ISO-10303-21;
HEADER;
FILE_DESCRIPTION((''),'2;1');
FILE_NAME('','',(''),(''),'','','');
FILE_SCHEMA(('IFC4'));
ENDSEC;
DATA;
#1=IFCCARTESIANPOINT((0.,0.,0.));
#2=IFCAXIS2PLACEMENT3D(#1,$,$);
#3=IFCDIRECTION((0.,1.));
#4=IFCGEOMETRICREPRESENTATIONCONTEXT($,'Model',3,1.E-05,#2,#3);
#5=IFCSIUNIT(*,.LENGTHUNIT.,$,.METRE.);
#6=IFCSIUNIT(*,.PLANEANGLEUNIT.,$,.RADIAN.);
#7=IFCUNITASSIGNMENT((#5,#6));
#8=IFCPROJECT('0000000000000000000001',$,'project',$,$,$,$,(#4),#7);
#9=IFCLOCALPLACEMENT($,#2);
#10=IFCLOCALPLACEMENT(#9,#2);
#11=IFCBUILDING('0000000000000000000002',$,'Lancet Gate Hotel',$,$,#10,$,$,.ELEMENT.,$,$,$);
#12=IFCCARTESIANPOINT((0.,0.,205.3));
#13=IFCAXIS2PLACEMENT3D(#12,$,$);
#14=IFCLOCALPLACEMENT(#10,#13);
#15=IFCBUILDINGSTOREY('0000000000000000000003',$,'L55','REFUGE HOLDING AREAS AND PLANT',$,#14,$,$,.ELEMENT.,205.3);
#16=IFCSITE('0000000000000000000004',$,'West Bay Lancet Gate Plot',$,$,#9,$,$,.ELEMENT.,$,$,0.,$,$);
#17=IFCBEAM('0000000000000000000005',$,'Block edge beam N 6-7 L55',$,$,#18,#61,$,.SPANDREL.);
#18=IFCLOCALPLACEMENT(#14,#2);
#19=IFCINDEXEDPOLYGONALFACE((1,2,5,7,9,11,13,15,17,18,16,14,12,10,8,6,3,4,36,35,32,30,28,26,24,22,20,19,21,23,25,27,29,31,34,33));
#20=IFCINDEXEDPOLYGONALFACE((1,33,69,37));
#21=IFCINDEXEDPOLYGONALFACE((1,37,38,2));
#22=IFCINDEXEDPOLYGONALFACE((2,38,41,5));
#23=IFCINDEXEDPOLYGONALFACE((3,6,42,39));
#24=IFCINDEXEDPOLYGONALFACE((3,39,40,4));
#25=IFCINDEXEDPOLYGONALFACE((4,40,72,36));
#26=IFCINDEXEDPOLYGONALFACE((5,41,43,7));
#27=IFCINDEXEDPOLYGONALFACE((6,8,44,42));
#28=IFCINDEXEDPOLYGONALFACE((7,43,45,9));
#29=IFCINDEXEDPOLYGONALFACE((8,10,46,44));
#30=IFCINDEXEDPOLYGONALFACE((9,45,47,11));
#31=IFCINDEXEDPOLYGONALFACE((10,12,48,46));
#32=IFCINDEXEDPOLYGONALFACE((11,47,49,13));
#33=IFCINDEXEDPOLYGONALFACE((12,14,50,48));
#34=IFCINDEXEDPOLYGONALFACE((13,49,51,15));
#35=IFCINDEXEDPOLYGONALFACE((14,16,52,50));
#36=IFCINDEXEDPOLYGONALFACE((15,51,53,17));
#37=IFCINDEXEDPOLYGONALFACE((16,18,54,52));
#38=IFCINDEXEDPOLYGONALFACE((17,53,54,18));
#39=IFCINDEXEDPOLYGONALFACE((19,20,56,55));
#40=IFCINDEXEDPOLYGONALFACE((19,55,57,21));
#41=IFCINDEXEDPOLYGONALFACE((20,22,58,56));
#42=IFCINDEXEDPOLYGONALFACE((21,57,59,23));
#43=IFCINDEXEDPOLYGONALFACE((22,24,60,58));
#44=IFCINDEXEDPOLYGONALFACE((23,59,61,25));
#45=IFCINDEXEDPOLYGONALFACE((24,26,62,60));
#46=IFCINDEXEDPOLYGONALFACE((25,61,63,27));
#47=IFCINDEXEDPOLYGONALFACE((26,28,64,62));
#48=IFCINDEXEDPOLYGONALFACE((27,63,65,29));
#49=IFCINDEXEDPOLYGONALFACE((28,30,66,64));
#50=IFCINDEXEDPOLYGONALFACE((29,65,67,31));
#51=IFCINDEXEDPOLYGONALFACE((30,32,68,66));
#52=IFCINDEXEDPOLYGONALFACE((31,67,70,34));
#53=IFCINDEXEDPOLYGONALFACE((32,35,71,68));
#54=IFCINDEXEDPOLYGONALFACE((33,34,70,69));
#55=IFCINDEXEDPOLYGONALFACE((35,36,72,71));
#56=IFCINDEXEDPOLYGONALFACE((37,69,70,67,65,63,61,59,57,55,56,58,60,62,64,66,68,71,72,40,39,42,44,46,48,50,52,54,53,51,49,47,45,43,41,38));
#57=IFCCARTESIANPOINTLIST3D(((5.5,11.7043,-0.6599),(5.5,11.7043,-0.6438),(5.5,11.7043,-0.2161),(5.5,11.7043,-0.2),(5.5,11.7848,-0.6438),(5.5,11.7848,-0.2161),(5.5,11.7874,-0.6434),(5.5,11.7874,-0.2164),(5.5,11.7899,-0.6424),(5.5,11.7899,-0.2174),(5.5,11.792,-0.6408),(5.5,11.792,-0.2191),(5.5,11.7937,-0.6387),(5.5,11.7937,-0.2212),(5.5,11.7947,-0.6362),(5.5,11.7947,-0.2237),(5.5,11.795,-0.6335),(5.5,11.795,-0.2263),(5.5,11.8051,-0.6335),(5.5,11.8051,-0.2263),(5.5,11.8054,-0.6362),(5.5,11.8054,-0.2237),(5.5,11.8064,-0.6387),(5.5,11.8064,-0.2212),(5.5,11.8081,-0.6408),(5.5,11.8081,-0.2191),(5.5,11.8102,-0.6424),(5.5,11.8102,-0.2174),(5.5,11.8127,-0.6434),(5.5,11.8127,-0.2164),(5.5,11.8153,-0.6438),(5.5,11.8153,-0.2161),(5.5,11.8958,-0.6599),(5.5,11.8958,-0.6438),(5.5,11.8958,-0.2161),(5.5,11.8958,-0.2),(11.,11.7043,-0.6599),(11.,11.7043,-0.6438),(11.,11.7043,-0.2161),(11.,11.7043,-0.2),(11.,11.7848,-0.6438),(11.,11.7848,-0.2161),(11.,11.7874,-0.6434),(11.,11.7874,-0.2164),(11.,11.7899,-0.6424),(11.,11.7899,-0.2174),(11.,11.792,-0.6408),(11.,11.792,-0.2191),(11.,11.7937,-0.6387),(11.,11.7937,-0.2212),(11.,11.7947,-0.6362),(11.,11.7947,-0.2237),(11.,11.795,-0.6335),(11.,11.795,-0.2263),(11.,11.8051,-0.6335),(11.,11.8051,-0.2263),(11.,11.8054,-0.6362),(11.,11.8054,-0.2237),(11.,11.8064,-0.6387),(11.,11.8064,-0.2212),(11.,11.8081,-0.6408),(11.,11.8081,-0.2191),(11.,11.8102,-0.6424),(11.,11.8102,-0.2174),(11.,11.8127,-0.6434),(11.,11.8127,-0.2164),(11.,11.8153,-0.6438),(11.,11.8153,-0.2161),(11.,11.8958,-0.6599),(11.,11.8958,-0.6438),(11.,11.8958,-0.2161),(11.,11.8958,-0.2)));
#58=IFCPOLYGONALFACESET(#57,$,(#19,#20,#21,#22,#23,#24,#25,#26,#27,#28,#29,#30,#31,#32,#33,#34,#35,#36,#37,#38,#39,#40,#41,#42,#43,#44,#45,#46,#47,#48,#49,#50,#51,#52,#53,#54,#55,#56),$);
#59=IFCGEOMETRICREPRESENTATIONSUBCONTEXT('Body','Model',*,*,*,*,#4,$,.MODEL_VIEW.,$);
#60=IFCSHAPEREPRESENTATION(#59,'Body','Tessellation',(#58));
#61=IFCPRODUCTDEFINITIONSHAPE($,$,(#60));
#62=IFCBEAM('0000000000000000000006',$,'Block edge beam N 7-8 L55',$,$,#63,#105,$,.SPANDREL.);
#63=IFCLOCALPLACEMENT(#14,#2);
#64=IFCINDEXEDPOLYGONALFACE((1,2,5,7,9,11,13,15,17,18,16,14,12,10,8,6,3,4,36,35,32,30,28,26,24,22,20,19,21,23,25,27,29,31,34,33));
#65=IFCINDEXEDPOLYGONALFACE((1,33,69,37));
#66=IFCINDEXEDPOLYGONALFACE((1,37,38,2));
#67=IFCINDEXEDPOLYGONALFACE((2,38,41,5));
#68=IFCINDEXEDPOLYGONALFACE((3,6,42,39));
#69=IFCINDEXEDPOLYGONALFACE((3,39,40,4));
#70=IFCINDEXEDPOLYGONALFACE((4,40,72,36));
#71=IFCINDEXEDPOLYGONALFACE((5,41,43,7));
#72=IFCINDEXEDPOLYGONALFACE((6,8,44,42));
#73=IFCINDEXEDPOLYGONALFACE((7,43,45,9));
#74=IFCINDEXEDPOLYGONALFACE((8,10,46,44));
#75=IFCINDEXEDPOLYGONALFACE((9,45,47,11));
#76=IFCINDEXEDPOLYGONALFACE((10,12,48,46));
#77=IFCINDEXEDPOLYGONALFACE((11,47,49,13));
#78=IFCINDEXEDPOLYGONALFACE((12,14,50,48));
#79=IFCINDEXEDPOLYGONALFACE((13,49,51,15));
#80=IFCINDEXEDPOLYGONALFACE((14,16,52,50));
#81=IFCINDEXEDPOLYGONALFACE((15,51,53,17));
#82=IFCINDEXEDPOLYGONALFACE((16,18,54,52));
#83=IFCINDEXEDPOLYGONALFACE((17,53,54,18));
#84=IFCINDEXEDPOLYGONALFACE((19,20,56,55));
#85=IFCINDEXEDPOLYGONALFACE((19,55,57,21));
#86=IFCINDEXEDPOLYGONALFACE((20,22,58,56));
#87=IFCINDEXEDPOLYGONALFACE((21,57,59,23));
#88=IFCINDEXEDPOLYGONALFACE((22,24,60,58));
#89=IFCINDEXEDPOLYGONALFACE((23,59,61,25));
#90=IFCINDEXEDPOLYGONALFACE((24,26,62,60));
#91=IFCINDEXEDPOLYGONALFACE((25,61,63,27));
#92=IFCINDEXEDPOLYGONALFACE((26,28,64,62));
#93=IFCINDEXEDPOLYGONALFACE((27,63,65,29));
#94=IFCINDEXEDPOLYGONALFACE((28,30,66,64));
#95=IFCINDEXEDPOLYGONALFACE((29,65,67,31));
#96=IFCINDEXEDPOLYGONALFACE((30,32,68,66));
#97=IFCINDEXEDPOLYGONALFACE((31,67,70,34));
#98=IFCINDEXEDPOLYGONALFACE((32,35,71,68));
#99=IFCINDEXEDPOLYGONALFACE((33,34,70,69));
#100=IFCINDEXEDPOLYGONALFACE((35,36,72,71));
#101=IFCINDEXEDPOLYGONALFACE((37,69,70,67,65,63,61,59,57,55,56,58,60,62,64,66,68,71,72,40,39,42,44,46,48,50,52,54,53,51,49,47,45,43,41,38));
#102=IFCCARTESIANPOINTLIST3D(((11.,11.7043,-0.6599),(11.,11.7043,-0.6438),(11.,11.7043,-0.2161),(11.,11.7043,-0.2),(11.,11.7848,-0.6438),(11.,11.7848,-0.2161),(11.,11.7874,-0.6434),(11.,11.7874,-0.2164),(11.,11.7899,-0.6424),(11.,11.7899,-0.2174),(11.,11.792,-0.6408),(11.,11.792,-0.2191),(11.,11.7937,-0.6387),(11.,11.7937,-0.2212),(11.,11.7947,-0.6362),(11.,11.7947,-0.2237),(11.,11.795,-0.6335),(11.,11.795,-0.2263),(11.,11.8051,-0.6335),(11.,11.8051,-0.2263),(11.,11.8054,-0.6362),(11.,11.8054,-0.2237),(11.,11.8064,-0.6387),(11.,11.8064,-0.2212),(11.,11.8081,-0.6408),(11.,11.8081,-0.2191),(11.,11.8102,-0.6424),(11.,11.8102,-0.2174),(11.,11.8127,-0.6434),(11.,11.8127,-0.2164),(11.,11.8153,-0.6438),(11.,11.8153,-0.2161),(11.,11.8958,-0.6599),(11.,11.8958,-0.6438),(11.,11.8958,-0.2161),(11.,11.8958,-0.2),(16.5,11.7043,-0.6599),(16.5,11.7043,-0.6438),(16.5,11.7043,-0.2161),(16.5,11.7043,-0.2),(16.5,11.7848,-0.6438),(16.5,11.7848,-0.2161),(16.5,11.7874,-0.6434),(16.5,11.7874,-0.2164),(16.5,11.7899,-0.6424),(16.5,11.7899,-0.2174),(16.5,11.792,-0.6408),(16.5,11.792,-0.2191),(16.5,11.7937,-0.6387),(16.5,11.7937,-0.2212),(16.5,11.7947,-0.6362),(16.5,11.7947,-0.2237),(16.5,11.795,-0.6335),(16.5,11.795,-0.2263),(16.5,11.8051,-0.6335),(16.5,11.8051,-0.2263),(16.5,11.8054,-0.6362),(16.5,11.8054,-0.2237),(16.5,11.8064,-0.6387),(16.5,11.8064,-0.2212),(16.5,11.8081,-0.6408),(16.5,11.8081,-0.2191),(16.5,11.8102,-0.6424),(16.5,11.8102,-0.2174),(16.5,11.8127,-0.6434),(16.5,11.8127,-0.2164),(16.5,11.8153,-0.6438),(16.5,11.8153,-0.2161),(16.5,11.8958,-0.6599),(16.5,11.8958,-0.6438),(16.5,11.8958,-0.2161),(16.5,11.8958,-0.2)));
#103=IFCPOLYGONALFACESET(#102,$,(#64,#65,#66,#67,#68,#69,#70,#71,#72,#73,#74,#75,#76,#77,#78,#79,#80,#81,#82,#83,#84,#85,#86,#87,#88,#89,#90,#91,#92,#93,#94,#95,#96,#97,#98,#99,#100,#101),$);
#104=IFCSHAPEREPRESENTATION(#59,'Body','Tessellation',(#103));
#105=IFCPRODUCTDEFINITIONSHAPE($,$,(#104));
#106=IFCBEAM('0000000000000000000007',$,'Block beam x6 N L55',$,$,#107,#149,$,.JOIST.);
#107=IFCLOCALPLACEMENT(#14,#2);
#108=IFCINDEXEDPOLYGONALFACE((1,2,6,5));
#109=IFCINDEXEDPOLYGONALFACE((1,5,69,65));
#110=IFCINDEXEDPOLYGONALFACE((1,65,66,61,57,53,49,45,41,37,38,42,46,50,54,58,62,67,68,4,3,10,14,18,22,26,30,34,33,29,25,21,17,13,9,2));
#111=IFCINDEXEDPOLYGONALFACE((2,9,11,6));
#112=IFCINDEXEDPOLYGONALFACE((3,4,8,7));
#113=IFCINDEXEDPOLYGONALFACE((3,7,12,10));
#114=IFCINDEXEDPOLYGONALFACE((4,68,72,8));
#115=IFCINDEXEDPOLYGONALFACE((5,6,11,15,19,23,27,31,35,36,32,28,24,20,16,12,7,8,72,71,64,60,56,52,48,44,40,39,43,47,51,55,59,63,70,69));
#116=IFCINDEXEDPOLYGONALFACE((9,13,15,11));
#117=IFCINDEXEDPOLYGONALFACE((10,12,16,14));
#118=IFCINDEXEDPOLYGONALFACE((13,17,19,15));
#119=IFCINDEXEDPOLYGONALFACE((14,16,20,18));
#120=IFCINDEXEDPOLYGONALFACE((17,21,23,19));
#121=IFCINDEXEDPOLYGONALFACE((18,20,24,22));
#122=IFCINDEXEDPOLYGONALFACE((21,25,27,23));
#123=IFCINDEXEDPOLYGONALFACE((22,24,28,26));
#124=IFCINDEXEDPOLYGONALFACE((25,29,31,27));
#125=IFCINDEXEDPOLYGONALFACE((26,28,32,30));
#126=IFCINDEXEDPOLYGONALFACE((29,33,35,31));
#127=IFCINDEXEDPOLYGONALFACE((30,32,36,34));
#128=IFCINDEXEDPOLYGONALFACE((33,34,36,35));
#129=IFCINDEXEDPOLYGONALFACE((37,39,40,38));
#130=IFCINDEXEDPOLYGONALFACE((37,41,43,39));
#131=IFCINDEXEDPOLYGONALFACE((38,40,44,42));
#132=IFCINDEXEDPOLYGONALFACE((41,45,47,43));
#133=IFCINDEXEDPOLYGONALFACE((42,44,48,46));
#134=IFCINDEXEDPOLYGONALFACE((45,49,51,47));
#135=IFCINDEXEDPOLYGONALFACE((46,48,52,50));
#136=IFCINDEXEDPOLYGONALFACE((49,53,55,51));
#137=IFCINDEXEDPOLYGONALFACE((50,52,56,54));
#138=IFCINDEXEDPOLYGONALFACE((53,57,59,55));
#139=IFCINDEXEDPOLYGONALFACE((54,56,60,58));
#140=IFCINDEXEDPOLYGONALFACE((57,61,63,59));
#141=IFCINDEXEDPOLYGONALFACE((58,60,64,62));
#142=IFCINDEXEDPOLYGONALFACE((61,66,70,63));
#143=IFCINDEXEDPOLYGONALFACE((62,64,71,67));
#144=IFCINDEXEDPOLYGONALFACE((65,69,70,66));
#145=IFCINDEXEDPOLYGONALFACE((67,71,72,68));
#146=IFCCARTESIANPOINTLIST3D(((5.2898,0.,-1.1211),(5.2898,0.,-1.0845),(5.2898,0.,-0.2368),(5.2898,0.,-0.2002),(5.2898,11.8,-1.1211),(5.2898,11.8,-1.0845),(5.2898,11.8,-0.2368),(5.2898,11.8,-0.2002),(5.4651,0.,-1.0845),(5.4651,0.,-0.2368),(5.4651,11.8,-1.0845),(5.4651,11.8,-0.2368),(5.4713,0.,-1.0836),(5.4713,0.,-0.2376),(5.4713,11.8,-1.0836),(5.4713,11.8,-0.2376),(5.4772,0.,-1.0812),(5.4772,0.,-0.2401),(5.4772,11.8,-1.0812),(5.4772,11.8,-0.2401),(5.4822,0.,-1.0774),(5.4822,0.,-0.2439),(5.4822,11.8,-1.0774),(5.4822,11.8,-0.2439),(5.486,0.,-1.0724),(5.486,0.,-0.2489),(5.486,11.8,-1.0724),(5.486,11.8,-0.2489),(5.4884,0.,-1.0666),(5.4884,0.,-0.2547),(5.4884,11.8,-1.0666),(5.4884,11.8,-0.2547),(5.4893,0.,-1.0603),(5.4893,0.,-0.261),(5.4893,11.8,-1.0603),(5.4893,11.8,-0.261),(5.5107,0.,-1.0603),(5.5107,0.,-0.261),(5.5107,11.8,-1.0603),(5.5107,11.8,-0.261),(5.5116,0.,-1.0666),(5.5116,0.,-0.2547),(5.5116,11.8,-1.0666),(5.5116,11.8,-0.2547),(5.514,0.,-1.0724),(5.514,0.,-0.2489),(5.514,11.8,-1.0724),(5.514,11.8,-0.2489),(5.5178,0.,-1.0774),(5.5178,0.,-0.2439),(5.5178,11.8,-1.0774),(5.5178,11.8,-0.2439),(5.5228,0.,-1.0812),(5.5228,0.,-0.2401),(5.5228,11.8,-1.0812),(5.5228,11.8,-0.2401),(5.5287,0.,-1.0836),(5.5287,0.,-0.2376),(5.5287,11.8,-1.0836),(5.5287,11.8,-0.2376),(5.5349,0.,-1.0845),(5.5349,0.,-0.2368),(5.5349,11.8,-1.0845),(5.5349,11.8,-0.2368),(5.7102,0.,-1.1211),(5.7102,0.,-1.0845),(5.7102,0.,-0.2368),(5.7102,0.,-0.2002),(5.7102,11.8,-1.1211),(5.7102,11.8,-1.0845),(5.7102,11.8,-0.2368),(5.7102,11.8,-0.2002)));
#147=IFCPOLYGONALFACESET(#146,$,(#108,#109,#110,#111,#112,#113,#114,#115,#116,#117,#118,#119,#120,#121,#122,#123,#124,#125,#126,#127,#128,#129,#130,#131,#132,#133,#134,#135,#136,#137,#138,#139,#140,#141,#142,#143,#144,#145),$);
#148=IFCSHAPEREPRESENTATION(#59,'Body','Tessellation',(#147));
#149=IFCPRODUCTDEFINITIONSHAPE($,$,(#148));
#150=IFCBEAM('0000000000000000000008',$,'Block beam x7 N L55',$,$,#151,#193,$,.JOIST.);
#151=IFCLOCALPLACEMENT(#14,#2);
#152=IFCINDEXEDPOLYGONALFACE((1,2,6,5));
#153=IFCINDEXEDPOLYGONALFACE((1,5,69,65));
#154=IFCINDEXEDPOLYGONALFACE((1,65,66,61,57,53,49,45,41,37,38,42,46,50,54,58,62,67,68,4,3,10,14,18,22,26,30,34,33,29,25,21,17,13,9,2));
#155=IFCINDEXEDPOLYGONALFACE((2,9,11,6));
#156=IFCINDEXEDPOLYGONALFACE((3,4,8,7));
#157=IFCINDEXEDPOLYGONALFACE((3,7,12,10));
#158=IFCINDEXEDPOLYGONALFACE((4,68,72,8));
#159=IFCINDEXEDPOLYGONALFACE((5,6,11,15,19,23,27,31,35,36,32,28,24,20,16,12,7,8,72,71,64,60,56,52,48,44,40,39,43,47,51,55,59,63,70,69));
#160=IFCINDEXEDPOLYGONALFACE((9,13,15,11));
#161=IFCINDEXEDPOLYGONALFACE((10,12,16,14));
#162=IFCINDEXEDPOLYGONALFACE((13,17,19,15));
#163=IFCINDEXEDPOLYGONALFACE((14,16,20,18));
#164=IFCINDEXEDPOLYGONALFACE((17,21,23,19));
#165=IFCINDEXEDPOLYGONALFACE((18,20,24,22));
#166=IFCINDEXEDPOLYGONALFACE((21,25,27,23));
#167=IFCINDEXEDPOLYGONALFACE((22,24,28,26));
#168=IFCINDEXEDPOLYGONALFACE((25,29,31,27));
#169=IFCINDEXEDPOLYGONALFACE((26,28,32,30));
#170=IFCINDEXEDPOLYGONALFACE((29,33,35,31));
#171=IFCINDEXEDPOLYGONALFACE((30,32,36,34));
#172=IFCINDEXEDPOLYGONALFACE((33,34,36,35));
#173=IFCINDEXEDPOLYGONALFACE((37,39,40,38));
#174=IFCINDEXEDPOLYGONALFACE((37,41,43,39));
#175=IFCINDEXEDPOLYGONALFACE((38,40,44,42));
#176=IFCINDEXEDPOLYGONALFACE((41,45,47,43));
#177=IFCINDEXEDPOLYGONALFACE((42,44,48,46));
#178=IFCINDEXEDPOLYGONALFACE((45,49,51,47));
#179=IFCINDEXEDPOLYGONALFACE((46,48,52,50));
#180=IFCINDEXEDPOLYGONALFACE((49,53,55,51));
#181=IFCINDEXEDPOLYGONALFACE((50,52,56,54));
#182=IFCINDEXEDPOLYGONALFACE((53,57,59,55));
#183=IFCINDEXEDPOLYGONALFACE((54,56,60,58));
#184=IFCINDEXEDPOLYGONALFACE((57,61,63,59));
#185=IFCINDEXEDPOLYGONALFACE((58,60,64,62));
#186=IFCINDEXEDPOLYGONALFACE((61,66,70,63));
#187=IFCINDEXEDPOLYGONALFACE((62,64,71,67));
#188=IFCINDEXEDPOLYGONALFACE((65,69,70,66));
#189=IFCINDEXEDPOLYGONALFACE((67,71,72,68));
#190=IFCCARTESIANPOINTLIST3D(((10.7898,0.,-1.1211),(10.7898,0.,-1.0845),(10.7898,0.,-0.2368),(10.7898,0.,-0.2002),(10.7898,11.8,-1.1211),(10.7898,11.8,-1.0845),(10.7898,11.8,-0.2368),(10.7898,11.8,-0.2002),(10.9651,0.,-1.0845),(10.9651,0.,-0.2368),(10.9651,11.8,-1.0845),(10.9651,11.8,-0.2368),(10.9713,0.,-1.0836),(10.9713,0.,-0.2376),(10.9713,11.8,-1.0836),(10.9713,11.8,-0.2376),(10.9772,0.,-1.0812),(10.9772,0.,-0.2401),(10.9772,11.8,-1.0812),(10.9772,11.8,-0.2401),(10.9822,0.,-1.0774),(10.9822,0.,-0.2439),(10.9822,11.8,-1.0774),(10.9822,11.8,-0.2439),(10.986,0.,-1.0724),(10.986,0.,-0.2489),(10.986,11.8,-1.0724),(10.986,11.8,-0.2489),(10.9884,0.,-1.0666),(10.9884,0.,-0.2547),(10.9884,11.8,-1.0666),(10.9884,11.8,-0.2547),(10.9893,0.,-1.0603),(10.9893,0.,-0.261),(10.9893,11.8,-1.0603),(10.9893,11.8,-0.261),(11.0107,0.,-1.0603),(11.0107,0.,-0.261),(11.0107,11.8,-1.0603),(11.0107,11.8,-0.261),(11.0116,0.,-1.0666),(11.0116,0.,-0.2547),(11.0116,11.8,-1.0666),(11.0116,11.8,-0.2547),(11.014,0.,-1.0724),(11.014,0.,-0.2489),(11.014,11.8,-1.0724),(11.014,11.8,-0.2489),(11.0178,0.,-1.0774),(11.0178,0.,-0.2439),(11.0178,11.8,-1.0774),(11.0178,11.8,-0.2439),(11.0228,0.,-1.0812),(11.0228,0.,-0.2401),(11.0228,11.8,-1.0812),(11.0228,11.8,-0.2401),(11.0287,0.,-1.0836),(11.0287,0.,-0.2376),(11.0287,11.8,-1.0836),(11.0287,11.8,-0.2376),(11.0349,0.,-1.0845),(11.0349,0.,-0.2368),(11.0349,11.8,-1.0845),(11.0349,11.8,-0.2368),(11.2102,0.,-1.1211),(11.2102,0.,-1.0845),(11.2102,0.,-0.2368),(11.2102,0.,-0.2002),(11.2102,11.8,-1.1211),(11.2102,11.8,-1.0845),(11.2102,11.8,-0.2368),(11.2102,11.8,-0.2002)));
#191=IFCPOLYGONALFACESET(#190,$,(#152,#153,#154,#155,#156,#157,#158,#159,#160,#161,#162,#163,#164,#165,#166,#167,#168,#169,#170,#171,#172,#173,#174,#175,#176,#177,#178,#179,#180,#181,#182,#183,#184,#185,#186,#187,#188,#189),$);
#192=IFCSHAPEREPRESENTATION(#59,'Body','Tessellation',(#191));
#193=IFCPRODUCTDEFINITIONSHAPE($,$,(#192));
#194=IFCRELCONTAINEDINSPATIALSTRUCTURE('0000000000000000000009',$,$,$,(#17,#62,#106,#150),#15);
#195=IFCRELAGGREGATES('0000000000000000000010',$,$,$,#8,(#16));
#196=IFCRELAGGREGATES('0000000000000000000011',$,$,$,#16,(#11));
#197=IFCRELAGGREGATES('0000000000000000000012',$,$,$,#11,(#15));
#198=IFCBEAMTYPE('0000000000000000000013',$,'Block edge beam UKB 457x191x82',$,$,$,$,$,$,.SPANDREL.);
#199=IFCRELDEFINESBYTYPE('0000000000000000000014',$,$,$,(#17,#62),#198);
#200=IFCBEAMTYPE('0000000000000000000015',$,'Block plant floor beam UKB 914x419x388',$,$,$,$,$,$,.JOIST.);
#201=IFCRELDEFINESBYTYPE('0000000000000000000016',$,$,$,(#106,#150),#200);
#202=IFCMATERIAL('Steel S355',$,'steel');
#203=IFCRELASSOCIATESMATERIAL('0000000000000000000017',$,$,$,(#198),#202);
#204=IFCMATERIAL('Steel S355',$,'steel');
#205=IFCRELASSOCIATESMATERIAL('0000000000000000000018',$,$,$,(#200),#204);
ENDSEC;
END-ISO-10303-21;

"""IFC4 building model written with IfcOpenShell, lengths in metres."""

from ifc_helpers import new_model, si_unit, direction, frame, origin, origin_2d, place, context, subcontext, project, spatial, i_section, extrude, material, material_profile, profile_set, type_object, element, save


model = new_model("IFC4")

# Units and contexts
model_context = context("Model", 3, precision=1e-05, world=origin(), true_north=direction((0.0, 1.0)))
body_context = subcontext(model_context, "Body", "Model", "MODEL_VIEW")
ifc_project = project(units=[si_unit("LENGTHUNIT", "METRE"), si_unit("PLANEANGLEUNIT", "RADIAN")], contexts=[model_context])

# Site, building, storey
site_placement = place(None, origin())
site = spatial("IfcSite", under=ifc_project, at=site_placement, Name="West Bay Lancet Gate Plot", CompositionType="ELEMENT", RefElevation=0.0)
building_placement = place(site_placement, origin())
building = spatial("IfcBuilding", under=site, at=building_placement, Name="Lancet Gate Hotel", CompositionType="ELEMENT")
storey_placement = place(building_placement, frame((0.0, 0.0, 205.3)))
storey = spatial("IfcBuildingStorey", under=building, at=storey_placement, Name="L55", Description="REFUGE HOLDING AREAS AND PLANT", CompositionType="ELEMENT", Elevation=205.3)

# Beams
ifc_material_1 = material(Name="Steel S355", Category="steel")
ifc_material_profile_1 = material_profile(ifc_material_1, i_section(OverallWidth=0.1914, OverallDepth=0.46, WebThickness=0.01, FlangeThickness=0.0161, FilletRadius=0.0103, at=origin_2d()), Name="UKB 457x191x82")
ifc_profile_set_1 = profile_set([ifc_material_profile_1], Name="Steel S355")
beam_type_1 = type_object("IfcBeamType", Name="Block edge beam UKB 457x191x82", PredefinedType="SPANDREL", material=ifc_profile_set_1)
for number, where, z_axis, x_axis, name in (
    (1, (5.5, 11.8, -0.4299), (1.0, 0.0, 0.0), (0.0, 1.0, 0.0), "Block edge beam N 6-7 L55"),
    (2, (11.0, 11.8, -0.4299), (1.0, 0.0, 0.0), (0.0, 1.0, 0.0), "Block edge beam N 7-8 L55"),
):
    element("IfcBeam", number, at=place(storey_placement, frame(where, z_axis=z_axis, x_axis=x_axis)), inside=storey, type_object=beam_type_1, Name=name, PredefinedType="SPANDREL", context=body_context, shape_type="SweptSolid", body=[
        extrude(i_section(OverallWidth=0.1914, OverallDepth=0.46, WebThickness=0.01, FlangeThickness=0.0161, FilletRadius=0.0103, at=origin_2d()), origin(), (0.0, 0.0, 1.0), 5.5),
    ])
ifc_material_2 = material(Name="Steel S355", Category="steel")
ifc_material_profile_2 = material_profile(ifc_material_2, i_section(OverallWidth=0.4204, OverallDepth=0.9209, WebThickness=0.0215, FlangeThickness=0.0366, FilletRadius=0.0242, at=origin_2d()), Name="UKB 914x419x388")
ifc_profile_set_2 = profile_set([ifc_material_profile_2], Name="Steel S355")
beam_type_2 = type_object("IfcBeamType", Name="Block plant floor beam UKB 914x419x388", PredefinedType="JOIST", material=ifc_profile_set_2)
for number, where, z_axis, x_axis, name in (
    (3, (5.5, 0.0, -0.6606), (0.0, 1.0, 0.0), (-1.0, 0.0, 0.0), "Block beam x6 N L55"),
    (4, (11.0, 0.0, -0.6606), (0.0, 1.0, 0.0), (-1.0, 0.0, 0.0), "Block beam x7 N L55"),
):
    element("IfcBeam", number, at=place(storey_placement, frame(where, z_axis=z_axis, x_axis=x_axis)), inside=storey, type_object=beam_type_2, Name=name, PredefinedType="JOIST", context=body_context, shape_type="SweptSolid", body=[
        extrude(i_section(OverallWidth=0.4204, OverallDepth=0.9209, WebThickness=0.0215, FlangeThickness=0.0366, FilletRadius=0.0242, at=origin_2d()), origin(), (0.0, 0.0, 1.0), 11.8),
    ])

save(model, "model.ifc")
